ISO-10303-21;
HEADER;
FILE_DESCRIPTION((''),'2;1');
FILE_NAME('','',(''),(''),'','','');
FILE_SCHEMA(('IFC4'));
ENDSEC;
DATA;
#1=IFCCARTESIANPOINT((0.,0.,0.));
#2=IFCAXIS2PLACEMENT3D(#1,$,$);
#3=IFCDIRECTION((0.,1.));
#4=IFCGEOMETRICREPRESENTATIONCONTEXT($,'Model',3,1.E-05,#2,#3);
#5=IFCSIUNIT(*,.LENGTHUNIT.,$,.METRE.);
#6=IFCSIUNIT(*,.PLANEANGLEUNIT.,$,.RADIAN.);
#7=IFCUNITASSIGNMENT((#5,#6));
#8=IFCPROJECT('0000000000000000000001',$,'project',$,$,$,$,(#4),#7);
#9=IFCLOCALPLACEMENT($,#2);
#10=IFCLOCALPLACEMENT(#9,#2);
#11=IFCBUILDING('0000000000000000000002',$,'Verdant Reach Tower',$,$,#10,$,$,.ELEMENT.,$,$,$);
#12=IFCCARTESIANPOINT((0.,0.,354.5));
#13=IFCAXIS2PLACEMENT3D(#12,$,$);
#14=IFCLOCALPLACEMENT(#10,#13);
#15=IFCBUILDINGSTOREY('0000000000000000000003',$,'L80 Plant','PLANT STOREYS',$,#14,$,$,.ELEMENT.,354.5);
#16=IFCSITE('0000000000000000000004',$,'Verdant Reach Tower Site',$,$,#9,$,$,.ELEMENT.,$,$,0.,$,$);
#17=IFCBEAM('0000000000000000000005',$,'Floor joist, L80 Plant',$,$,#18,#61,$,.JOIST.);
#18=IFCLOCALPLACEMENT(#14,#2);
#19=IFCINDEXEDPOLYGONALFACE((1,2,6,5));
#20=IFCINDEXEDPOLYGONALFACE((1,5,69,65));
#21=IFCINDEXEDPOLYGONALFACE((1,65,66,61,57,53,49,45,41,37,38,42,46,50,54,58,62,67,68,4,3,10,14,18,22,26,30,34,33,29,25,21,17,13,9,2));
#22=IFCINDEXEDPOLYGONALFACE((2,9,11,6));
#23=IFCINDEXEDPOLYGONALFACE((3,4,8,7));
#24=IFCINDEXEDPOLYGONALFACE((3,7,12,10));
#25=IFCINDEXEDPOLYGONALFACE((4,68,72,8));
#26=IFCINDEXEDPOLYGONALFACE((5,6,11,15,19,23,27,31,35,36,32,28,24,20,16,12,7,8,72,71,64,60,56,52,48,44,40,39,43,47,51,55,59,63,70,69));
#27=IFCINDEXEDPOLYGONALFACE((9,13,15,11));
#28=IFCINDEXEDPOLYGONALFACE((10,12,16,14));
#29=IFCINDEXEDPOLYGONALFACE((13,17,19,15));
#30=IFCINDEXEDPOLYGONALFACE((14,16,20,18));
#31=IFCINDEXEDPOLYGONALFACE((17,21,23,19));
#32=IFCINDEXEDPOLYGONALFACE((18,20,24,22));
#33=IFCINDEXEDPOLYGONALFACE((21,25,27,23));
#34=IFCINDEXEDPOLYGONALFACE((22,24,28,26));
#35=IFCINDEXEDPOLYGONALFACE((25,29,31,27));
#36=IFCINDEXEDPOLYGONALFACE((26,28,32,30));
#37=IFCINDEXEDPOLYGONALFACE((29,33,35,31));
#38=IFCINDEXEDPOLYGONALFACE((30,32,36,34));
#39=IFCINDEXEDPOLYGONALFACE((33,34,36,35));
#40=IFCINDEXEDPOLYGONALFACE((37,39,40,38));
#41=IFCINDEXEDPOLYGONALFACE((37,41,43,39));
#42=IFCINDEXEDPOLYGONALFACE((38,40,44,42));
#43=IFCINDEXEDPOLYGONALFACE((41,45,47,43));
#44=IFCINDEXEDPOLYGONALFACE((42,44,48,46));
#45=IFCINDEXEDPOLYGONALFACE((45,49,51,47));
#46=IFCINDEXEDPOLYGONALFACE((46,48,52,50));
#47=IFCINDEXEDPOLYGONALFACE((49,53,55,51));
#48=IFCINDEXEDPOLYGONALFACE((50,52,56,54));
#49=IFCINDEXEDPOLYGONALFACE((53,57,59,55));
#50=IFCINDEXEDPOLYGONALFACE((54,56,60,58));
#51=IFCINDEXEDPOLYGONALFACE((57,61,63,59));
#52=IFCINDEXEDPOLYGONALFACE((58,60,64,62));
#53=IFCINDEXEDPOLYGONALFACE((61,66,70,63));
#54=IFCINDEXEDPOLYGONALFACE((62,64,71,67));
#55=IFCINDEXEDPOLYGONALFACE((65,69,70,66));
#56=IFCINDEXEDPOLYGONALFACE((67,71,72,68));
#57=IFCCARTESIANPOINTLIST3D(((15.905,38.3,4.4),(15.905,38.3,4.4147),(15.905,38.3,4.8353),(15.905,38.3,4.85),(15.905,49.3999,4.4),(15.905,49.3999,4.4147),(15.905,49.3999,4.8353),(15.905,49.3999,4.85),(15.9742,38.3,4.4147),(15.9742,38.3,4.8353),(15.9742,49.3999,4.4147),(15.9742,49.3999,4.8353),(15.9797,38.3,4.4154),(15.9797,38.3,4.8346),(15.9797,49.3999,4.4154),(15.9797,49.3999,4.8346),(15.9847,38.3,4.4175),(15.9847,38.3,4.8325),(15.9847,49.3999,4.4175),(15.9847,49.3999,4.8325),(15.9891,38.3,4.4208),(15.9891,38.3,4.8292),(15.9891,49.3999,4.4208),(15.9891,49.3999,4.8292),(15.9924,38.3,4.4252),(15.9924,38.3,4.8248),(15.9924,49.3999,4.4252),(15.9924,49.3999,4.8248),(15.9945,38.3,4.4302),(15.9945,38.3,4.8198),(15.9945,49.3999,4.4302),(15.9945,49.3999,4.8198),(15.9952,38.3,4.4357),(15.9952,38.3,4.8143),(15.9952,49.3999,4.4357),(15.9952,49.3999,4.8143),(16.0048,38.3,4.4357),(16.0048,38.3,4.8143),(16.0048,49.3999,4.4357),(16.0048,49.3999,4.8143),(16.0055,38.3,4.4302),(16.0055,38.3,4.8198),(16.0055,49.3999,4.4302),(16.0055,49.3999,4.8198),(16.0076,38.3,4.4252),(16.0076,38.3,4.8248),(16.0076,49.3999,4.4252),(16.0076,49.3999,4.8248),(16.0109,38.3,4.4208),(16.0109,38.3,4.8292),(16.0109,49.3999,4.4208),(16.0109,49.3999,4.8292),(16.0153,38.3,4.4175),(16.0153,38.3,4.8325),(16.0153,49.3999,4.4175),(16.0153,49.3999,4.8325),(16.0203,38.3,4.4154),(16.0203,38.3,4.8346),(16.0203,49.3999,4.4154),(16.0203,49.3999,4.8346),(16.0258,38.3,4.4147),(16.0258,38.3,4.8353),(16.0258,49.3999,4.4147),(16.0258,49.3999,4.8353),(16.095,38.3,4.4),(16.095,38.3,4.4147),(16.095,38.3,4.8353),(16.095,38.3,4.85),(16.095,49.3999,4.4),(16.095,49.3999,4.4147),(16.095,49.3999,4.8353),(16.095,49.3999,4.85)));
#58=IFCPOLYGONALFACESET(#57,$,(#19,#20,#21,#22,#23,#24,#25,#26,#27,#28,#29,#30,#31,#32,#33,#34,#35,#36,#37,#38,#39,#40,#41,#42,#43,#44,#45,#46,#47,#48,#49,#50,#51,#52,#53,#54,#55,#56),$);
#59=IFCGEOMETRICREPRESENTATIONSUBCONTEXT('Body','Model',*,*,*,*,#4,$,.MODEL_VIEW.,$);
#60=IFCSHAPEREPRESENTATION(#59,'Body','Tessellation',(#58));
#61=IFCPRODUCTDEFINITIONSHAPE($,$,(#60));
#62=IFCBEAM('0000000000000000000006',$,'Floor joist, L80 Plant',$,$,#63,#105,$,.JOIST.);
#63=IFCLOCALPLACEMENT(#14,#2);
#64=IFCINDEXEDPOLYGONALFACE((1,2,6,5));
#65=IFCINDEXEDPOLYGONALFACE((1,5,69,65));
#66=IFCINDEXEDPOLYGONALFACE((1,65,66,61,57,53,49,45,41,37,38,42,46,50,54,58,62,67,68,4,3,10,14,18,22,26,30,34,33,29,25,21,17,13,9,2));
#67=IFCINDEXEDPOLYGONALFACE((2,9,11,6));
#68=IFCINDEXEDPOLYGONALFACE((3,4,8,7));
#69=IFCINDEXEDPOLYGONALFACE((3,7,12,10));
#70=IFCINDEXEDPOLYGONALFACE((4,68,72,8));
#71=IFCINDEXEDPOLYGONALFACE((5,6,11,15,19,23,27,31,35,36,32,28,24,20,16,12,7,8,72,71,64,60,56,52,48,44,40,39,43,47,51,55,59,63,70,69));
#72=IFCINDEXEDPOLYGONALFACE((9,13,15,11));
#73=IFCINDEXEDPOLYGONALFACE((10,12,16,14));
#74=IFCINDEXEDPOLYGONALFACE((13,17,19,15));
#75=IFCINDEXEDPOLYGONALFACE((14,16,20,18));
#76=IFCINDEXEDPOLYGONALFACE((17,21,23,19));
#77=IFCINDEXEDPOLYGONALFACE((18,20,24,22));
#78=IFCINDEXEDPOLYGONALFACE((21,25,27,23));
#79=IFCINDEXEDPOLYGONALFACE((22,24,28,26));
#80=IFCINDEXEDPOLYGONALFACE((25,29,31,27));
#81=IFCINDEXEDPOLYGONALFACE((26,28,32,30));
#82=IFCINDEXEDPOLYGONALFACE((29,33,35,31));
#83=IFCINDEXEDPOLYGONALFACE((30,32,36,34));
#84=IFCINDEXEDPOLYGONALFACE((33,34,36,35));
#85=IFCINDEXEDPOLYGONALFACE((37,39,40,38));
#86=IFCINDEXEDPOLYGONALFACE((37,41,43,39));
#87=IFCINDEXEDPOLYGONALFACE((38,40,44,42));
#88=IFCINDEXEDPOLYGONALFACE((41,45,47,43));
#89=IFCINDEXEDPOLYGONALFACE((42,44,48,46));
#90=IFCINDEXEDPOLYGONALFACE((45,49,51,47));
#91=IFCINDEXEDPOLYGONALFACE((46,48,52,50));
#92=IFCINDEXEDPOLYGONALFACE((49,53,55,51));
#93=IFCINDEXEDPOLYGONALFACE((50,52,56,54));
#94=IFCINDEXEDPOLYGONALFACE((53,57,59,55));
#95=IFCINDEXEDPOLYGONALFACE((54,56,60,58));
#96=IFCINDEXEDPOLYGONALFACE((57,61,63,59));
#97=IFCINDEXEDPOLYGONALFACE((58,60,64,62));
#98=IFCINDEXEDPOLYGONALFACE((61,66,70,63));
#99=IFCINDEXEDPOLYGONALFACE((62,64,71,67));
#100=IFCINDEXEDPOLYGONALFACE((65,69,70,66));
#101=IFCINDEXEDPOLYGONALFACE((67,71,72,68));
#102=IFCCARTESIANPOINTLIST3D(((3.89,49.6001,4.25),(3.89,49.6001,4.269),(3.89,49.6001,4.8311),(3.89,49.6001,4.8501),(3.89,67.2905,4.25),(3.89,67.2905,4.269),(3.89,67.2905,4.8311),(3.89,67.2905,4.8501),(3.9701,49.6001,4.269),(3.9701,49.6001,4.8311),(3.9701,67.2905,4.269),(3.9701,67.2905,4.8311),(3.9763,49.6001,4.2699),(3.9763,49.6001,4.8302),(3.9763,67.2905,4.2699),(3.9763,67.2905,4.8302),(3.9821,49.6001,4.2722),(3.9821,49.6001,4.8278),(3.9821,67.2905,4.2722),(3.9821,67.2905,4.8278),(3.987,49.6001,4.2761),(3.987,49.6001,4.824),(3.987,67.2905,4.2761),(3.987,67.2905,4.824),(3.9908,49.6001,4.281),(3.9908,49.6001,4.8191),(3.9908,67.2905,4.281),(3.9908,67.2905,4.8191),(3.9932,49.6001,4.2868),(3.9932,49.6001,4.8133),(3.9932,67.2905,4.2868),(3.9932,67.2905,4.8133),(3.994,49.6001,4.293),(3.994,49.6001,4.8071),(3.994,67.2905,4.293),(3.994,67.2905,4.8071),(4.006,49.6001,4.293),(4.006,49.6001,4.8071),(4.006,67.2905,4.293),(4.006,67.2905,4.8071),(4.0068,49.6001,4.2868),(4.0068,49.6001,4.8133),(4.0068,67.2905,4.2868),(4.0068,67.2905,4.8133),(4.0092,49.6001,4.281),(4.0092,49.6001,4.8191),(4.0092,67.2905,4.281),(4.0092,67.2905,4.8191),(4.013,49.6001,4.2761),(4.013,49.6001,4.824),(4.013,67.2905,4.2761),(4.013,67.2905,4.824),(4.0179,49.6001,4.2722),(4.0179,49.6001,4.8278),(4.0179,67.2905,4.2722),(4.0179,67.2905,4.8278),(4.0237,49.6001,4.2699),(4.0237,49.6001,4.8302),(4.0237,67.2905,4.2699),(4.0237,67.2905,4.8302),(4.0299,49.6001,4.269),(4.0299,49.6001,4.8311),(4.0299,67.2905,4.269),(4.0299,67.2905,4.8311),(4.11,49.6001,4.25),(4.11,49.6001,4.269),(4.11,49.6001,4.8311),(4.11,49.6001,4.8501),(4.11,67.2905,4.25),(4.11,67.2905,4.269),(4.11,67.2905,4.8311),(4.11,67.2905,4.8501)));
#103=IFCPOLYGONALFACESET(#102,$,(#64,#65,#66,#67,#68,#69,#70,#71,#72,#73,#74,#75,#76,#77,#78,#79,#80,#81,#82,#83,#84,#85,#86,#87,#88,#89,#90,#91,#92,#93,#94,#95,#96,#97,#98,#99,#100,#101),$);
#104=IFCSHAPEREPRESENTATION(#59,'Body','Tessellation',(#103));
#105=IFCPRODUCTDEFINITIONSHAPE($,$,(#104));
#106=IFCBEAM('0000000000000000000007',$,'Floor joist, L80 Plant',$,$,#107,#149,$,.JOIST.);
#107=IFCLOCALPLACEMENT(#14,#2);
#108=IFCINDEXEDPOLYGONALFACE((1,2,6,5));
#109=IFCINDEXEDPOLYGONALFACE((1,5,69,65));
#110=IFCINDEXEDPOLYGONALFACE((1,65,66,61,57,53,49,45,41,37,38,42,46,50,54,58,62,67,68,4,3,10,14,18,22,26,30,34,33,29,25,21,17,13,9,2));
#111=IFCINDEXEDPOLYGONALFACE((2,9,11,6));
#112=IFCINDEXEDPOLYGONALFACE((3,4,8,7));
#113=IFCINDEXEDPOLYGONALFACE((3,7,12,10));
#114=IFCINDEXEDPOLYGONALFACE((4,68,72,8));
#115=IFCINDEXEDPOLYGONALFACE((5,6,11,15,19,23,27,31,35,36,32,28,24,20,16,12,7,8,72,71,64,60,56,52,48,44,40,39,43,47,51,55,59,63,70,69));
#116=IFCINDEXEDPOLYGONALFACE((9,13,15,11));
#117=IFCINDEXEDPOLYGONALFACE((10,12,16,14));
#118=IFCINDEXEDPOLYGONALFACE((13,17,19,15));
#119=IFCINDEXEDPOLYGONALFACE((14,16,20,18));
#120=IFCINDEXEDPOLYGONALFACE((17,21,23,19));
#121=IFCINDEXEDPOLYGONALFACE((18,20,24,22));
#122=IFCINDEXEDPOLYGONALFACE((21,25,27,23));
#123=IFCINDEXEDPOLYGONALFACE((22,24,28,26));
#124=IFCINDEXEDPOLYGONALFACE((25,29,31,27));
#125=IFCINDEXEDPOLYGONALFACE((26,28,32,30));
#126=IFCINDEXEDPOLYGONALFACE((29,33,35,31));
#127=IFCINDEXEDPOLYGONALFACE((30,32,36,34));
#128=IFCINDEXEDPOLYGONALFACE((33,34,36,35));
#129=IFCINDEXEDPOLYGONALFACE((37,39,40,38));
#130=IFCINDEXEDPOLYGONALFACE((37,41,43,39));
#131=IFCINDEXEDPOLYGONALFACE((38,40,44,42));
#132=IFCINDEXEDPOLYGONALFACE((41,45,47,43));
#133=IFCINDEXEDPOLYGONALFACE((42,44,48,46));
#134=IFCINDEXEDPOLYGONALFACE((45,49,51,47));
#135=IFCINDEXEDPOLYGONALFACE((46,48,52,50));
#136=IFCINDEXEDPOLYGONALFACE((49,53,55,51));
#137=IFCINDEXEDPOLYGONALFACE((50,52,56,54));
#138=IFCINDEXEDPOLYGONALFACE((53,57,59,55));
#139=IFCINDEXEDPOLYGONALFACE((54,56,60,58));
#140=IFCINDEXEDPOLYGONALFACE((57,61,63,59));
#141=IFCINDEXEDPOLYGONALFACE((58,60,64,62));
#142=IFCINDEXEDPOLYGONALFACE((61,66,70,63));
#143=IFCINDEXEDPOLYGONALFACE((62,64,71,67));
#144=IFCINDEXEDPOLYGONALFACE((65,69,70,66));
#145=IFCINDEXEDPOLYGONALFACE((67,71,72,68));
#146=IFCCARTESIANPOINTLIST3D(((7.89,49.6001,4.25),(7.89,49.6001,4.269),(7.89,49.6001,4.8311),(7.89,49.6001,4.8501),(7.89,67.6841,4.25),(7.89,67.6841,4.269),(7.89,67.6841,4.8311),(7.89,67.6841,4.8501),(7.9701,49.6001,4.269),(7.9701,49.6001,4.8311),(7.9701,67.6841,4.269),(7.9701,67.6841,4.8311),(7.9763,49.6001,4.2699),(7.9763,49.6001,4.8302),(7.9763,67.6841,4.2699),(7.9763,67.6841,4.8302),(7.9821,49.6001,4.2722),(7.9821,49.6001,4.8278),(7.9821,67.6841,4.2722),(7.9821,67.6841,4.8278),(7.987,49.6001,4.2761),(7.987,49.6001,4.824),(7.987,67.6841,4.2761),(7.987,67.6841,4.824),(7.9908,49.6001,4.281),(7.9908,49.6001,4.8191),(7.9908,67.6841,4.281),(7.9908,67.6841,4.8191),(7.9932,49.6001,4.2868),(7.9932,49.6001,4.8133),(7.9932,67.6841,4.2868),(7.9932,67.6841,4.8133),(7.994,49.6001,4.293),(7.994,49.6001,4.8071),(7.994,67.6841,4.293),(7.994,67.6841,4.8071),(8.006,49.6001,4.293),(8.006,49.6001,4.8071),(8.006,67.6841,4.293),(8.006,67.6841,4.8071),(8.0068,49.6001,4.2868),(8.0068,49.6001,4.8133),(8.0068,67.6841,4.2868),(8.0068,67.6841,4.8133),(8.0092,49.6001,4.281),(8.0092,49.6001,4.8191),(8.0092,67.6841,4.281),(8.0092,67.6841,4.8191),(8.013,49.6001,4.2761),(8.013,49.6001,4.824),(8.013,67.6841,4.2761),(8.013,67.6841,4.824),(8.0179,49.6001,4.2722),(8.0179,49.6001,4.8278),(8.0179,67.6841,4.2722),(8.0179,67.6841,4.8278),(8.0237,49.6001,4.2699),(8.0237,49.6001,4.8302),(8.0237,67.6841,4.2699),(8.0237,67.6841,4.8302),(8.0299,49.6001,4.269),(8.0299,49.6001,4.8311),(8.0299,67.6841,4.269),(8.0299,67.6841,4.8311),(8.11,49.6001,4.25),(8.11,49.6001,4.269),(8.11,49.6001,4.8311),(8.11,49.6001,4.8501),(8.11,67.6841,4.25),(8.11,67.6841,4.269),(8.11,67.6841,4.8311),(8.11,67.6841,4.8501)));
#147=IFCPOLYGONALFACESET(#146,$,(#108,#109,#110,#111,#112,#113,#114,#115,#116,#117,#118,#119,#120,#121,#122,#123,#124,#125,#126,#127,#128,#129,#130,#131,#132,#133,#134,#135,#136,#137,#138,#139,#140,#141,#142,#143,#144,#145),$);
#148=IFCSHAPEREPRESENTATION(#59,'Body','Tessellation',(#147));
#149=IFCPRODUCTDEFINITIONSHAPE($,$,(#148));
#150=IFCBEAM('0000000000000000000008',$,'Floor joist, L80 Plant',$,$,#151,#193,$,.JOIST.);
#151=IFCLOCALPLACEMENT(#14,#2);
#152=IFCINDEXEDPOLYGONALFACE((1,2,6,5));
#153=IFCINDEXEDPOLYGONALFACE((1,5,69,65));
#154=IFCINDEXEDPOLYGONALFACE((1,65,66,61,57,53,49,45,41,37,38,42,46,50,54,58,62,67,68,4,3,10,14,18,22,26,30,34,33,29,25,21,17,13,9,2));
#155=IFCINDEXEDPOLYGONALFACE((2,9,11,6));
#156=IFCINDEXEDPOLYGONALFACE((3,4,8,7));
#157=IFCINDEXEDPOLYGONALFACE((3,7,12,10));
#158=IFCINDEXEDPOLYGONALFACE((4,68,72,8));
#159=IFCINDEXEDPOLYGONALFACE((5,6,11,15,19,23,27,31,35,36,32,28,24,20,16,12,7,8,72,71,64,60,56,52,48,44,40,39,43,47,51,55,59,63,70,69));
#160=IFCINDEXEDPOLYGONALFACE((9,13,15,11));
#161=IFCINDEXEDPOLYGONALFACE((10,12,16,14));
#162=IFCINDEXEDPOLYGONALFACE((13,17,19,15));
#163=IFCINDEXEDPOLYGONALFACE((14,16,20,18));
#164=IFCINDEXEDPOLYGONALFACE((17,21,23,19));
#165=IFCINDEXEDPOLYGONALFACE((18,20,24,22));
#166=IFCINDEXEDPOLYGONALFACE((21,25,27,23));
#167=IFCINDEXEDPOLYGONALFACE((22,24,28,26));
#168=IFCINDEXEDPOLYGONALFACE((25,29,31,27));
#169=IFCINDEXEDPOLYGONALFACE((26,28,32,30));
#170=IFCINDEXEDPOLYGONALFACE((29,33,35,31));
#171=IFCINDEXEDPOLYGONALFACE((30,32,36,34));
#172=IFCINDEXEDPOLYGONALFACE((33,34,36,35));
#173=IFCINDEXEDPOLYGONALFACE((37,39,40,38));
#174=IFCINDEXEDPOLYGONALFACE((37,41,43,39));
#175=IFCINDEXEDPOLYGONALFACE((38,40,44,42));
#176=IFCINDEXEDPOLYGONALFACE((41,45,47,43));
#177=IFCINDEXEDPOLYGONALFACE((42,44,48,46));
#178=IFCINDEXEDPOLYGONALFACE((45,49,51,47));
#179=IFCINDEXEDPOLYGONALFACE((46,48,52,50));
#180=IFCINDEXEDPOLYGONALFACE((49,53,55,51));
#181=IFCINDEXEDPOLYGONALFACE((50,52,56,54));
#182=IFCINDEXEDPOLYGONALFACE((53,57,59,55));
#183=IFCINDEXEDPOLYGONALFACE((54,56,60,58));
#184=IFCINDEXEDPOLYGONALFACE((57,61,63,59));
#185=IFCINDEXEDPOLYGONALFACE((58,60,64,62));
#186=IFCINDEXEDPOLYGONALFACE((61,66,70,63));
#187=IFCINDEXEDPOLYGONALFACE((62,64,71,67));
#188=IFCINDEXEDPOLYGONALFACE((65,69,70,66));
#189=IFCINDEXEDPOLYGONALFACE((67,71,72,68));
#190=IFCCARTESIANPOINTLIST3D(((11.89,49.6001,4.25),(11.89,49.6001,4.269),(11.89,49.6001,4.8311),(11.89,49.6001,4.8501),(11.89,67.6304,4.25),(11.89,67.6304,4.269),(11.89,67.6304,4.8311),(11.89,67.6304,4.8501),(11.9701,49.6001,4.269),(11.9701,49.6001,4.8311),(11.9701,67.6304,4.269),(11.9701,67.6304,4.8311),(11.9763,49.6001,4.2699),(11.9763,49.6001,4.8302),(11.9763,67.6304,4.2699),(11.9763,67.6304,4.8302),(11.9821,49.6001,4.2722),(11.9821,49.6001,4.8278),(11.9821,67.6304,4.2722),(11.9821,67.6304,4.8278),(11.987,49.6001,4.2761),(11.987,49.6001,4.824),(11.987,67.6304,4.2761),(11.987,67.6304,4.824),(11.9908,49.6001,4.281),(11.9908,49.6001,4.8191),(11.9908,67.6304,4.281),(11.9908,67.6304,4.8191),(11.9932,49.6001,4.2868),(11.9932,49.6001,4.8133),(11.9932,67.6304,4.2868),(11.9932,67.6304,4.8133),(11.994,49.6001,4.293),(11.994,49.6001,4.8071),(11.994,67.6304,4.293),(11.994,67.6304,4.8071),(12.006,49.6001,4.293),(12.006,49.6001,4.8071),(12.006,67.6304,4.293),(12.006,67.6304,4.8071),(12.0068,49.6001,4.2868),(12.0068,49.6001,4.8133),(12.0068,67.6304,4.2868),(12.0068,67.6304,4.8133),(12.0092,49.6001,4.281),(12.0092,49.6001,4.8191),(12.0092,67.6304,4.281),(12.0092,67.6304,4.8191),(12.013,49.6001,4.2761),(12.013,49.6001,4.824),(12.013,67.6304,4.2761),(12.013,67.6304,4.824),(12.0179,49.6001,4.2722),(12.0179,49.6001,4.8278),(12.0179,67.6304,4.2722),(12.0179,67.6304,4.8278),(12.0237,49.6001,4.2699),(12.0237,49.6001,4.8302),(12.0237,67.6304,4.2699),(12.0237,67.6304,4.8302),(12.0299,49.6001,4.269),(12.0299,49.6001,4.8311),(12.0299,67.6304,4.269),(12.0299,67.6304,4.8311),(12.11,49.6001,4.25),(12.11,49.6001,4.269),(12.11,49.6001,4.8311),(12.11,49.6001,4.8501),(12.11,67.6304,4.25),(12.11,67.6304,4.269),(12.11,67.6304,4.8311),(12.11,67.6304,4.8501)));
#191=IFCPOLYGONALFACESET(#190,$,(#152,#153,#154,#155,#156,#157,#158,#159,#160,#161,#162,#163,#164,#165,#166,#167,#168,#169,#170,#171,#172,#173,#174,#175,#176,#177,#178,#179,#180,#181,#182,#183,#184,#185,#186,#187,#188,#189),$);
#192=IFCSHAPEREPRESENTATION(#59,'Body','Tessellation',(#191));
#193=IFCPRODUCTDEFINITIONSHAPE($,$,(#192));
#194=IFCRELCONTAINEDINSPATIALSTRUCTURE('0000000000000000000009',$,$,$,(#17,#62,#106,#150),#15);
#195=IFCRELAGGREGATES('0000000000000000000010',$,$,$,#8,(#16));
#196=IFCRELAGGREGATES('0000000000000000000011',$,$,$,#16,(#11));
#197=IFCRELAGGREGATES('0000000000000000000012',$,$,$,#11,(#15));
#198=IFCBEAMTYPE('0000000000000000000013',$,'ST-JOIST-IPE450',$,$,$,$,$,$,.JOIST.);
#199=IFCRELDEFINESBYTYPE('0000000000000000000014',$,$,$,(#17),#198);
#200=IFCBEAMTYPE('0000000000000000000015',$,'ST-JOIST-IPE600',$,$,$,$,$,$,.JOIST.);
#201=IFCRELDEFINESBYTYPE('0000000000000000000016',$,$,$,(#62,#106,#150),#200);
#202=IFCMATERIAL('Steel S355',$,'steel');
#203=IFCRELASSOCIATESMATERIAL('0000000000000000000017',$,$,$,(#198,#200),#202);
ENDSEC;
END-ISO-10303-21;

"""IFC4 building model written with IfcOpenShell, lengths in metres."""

from ifc_helpers import new_model, si_unit, direction, frame, origin, origin_2d, place, context, subcontext, project, spatial, i_section, extrude, material, material_profile, profile_set, type_object, element, save


model = new_model("IFC4")

# Units and contexts
model_context = context("Model", 3, precision=1e-05, world=origin(), true_north=direction((0.0, 1.0)))
body_context = subcontext(model_context, "Body", "Model", "MODEL_VIEW")
ifc_project = project(units=[si_unit("LENGTHUNIT", "METRE"), si_unit("PLANEANGLEUNIT", "RADIAN")], contexts=[model_context])

# Site, building, storey
site_placement = place(None, origin())
site = spatial("IfcSite", under=ifc_project, at=site_placement, Name="Verdant Reach Tower Site", CompositionType="ELEMENT", RefElevation=0.0)
building_placement = place(site_placement, origin())
building = spatial("IfcBuilding", under=site, at=building_placement, Name="Verdant Reach Tower", CompositionType="ELEMENT")
storey_placement = place(building_placement, frame((0.0, 0.0, 354.5)))
storey = spatial("IfcBuildingStorey", under=building, at=storey_placement, Name="L80 Plant", Description="PLANT STOREYS", CompositionType="ELEMENT", Elevation=354.5)

# Beams
ifc_material_1 = material(Name="Steel S355", Category="steel")
ifc_material_profile_1 = material_profile(ifc_material_1, i_section(OverallWidth=0.1899, OverallDepth=0.45, WebThickness=0.0095, FlangeThickness=0.0146, FilletRadius=0.021, at=origin_2d()), Name="IPE 450")
ifc_profile_set_1 = profile_set([ifc_material_profile_1], Name="Steel S355")
beam_type_1 = type_object("IfcBeamType", Name="ST-JOIST-IPE450", PredefinedType="JOIST", material=ifc_profile_set_1)
beam_1_placement = place(storey_placement, frame((16.0, 38.3, 4.625), z_axis=(0.0, 1.0, 0.0), x_axis=(-1.0, 0.0, 0.0)))
element("IfcBeam", 1, at=beam_1_placement, inside=storey, type_object=beam_type_1, Name="Floor joist, L80 Plant", PredefinedType="JOIST", context=body_context, shape_type="SweptSolid", body=[
    extrude(i_section(OverallWidth=0.1899, OverallDepth=0.45, WebThickness=0.0095, FlangeThickness=0.0146, FilletRadius=0.021, at=origin_2d()), origin(), (0.0, 0.0, 1.0), 11.0999),
])
ifc_material_profile_2 = material_profile(ifc_material_1, i_section(OverallWidth=0.22, OverallDepth=0.6001, WebThickness=0.012, FlangeThickness=0.019, FilletRadius=0.0239, at=origin_2d()), Name="IPE 600")
ifc_profile_set_2 = profile_set([ifc_material_profile_2], Name="Steel S355")
beam_type_2 = type_object("IfcBeamType", Name="ST-JOIST-IPE600", PredefinedType="JOIST", material=ifc_profile_set_2)
beam_2_placement = place(storey_placement, frame((4.0, 49.6001, 4.55), z_axis=(0.0, 1.0, 0.0), x_axis=(-1.0, 0.0, 0.0)))
element("IfcBeam", 2, at=beam_2_placement, inside=storey, type_object=beam_type_2, Name="Floor joist, L80 Plant", PredefinedType="JOIST", context=body_context, shape_type="SweptSolid", body=[
    extrude(i_section(OverallWidth=0.22, OverallDepth=0.6001, WebThickness=0.012, FlangeThickness=0.019, FilletRadius=0.0239, at=origin_2d()), origin(), (0.0, 0.0, 1.0), 17.6904),
])
beam_3_placement = place(storey_placement, frame((8.0, 49.6001, 4.55), z_axis=(0.0, 1.0, 0.0), x_axis=(-1.0, 0.0, 0.0)))
element("IfcBeam", 3, at=beam_3_placement, inside=storey, type_object=beam_type_2, Name="Floor joist, L80 Plant", PredefinedType="JOIST", context=body_context, shape_type="SweptSolid", body=[
    extrude(i_section(OverallWidth=0.22, OverallDepth=0.6001, WebThickness=0.012, FlangeThickness=0.019, FilletRadius=0.0239, at=origin_2d()), origin(), (0.0, 0.0, 1.0), 18.084),
])
beam_4_placement = place(storey_placement, frame((12.0, 49.6001, 4.55), z_axis=(0.0, 1.0, 0.0), x_axis=(-1.0, 0.0, 0.0)))
element("IfcBeam", 4, at=beam_4_placement, inside=storey, type_object=beam_type_2, Name="Floor joist, L80 Plant", PredefinedType="JOIST", context=body_context, shape_type="SweptSolid", body=[
    extrude(i_section(OverallWidth=0.22, OverallDepth=0.6001, WebThickness=0.012, FlangeThickness=0.019, FilletRadius=0.0239, at=origin_2d()), origin(), (0.0, 0.0, 1.0), 18.0303),
])

save(model, "model.ifc")
